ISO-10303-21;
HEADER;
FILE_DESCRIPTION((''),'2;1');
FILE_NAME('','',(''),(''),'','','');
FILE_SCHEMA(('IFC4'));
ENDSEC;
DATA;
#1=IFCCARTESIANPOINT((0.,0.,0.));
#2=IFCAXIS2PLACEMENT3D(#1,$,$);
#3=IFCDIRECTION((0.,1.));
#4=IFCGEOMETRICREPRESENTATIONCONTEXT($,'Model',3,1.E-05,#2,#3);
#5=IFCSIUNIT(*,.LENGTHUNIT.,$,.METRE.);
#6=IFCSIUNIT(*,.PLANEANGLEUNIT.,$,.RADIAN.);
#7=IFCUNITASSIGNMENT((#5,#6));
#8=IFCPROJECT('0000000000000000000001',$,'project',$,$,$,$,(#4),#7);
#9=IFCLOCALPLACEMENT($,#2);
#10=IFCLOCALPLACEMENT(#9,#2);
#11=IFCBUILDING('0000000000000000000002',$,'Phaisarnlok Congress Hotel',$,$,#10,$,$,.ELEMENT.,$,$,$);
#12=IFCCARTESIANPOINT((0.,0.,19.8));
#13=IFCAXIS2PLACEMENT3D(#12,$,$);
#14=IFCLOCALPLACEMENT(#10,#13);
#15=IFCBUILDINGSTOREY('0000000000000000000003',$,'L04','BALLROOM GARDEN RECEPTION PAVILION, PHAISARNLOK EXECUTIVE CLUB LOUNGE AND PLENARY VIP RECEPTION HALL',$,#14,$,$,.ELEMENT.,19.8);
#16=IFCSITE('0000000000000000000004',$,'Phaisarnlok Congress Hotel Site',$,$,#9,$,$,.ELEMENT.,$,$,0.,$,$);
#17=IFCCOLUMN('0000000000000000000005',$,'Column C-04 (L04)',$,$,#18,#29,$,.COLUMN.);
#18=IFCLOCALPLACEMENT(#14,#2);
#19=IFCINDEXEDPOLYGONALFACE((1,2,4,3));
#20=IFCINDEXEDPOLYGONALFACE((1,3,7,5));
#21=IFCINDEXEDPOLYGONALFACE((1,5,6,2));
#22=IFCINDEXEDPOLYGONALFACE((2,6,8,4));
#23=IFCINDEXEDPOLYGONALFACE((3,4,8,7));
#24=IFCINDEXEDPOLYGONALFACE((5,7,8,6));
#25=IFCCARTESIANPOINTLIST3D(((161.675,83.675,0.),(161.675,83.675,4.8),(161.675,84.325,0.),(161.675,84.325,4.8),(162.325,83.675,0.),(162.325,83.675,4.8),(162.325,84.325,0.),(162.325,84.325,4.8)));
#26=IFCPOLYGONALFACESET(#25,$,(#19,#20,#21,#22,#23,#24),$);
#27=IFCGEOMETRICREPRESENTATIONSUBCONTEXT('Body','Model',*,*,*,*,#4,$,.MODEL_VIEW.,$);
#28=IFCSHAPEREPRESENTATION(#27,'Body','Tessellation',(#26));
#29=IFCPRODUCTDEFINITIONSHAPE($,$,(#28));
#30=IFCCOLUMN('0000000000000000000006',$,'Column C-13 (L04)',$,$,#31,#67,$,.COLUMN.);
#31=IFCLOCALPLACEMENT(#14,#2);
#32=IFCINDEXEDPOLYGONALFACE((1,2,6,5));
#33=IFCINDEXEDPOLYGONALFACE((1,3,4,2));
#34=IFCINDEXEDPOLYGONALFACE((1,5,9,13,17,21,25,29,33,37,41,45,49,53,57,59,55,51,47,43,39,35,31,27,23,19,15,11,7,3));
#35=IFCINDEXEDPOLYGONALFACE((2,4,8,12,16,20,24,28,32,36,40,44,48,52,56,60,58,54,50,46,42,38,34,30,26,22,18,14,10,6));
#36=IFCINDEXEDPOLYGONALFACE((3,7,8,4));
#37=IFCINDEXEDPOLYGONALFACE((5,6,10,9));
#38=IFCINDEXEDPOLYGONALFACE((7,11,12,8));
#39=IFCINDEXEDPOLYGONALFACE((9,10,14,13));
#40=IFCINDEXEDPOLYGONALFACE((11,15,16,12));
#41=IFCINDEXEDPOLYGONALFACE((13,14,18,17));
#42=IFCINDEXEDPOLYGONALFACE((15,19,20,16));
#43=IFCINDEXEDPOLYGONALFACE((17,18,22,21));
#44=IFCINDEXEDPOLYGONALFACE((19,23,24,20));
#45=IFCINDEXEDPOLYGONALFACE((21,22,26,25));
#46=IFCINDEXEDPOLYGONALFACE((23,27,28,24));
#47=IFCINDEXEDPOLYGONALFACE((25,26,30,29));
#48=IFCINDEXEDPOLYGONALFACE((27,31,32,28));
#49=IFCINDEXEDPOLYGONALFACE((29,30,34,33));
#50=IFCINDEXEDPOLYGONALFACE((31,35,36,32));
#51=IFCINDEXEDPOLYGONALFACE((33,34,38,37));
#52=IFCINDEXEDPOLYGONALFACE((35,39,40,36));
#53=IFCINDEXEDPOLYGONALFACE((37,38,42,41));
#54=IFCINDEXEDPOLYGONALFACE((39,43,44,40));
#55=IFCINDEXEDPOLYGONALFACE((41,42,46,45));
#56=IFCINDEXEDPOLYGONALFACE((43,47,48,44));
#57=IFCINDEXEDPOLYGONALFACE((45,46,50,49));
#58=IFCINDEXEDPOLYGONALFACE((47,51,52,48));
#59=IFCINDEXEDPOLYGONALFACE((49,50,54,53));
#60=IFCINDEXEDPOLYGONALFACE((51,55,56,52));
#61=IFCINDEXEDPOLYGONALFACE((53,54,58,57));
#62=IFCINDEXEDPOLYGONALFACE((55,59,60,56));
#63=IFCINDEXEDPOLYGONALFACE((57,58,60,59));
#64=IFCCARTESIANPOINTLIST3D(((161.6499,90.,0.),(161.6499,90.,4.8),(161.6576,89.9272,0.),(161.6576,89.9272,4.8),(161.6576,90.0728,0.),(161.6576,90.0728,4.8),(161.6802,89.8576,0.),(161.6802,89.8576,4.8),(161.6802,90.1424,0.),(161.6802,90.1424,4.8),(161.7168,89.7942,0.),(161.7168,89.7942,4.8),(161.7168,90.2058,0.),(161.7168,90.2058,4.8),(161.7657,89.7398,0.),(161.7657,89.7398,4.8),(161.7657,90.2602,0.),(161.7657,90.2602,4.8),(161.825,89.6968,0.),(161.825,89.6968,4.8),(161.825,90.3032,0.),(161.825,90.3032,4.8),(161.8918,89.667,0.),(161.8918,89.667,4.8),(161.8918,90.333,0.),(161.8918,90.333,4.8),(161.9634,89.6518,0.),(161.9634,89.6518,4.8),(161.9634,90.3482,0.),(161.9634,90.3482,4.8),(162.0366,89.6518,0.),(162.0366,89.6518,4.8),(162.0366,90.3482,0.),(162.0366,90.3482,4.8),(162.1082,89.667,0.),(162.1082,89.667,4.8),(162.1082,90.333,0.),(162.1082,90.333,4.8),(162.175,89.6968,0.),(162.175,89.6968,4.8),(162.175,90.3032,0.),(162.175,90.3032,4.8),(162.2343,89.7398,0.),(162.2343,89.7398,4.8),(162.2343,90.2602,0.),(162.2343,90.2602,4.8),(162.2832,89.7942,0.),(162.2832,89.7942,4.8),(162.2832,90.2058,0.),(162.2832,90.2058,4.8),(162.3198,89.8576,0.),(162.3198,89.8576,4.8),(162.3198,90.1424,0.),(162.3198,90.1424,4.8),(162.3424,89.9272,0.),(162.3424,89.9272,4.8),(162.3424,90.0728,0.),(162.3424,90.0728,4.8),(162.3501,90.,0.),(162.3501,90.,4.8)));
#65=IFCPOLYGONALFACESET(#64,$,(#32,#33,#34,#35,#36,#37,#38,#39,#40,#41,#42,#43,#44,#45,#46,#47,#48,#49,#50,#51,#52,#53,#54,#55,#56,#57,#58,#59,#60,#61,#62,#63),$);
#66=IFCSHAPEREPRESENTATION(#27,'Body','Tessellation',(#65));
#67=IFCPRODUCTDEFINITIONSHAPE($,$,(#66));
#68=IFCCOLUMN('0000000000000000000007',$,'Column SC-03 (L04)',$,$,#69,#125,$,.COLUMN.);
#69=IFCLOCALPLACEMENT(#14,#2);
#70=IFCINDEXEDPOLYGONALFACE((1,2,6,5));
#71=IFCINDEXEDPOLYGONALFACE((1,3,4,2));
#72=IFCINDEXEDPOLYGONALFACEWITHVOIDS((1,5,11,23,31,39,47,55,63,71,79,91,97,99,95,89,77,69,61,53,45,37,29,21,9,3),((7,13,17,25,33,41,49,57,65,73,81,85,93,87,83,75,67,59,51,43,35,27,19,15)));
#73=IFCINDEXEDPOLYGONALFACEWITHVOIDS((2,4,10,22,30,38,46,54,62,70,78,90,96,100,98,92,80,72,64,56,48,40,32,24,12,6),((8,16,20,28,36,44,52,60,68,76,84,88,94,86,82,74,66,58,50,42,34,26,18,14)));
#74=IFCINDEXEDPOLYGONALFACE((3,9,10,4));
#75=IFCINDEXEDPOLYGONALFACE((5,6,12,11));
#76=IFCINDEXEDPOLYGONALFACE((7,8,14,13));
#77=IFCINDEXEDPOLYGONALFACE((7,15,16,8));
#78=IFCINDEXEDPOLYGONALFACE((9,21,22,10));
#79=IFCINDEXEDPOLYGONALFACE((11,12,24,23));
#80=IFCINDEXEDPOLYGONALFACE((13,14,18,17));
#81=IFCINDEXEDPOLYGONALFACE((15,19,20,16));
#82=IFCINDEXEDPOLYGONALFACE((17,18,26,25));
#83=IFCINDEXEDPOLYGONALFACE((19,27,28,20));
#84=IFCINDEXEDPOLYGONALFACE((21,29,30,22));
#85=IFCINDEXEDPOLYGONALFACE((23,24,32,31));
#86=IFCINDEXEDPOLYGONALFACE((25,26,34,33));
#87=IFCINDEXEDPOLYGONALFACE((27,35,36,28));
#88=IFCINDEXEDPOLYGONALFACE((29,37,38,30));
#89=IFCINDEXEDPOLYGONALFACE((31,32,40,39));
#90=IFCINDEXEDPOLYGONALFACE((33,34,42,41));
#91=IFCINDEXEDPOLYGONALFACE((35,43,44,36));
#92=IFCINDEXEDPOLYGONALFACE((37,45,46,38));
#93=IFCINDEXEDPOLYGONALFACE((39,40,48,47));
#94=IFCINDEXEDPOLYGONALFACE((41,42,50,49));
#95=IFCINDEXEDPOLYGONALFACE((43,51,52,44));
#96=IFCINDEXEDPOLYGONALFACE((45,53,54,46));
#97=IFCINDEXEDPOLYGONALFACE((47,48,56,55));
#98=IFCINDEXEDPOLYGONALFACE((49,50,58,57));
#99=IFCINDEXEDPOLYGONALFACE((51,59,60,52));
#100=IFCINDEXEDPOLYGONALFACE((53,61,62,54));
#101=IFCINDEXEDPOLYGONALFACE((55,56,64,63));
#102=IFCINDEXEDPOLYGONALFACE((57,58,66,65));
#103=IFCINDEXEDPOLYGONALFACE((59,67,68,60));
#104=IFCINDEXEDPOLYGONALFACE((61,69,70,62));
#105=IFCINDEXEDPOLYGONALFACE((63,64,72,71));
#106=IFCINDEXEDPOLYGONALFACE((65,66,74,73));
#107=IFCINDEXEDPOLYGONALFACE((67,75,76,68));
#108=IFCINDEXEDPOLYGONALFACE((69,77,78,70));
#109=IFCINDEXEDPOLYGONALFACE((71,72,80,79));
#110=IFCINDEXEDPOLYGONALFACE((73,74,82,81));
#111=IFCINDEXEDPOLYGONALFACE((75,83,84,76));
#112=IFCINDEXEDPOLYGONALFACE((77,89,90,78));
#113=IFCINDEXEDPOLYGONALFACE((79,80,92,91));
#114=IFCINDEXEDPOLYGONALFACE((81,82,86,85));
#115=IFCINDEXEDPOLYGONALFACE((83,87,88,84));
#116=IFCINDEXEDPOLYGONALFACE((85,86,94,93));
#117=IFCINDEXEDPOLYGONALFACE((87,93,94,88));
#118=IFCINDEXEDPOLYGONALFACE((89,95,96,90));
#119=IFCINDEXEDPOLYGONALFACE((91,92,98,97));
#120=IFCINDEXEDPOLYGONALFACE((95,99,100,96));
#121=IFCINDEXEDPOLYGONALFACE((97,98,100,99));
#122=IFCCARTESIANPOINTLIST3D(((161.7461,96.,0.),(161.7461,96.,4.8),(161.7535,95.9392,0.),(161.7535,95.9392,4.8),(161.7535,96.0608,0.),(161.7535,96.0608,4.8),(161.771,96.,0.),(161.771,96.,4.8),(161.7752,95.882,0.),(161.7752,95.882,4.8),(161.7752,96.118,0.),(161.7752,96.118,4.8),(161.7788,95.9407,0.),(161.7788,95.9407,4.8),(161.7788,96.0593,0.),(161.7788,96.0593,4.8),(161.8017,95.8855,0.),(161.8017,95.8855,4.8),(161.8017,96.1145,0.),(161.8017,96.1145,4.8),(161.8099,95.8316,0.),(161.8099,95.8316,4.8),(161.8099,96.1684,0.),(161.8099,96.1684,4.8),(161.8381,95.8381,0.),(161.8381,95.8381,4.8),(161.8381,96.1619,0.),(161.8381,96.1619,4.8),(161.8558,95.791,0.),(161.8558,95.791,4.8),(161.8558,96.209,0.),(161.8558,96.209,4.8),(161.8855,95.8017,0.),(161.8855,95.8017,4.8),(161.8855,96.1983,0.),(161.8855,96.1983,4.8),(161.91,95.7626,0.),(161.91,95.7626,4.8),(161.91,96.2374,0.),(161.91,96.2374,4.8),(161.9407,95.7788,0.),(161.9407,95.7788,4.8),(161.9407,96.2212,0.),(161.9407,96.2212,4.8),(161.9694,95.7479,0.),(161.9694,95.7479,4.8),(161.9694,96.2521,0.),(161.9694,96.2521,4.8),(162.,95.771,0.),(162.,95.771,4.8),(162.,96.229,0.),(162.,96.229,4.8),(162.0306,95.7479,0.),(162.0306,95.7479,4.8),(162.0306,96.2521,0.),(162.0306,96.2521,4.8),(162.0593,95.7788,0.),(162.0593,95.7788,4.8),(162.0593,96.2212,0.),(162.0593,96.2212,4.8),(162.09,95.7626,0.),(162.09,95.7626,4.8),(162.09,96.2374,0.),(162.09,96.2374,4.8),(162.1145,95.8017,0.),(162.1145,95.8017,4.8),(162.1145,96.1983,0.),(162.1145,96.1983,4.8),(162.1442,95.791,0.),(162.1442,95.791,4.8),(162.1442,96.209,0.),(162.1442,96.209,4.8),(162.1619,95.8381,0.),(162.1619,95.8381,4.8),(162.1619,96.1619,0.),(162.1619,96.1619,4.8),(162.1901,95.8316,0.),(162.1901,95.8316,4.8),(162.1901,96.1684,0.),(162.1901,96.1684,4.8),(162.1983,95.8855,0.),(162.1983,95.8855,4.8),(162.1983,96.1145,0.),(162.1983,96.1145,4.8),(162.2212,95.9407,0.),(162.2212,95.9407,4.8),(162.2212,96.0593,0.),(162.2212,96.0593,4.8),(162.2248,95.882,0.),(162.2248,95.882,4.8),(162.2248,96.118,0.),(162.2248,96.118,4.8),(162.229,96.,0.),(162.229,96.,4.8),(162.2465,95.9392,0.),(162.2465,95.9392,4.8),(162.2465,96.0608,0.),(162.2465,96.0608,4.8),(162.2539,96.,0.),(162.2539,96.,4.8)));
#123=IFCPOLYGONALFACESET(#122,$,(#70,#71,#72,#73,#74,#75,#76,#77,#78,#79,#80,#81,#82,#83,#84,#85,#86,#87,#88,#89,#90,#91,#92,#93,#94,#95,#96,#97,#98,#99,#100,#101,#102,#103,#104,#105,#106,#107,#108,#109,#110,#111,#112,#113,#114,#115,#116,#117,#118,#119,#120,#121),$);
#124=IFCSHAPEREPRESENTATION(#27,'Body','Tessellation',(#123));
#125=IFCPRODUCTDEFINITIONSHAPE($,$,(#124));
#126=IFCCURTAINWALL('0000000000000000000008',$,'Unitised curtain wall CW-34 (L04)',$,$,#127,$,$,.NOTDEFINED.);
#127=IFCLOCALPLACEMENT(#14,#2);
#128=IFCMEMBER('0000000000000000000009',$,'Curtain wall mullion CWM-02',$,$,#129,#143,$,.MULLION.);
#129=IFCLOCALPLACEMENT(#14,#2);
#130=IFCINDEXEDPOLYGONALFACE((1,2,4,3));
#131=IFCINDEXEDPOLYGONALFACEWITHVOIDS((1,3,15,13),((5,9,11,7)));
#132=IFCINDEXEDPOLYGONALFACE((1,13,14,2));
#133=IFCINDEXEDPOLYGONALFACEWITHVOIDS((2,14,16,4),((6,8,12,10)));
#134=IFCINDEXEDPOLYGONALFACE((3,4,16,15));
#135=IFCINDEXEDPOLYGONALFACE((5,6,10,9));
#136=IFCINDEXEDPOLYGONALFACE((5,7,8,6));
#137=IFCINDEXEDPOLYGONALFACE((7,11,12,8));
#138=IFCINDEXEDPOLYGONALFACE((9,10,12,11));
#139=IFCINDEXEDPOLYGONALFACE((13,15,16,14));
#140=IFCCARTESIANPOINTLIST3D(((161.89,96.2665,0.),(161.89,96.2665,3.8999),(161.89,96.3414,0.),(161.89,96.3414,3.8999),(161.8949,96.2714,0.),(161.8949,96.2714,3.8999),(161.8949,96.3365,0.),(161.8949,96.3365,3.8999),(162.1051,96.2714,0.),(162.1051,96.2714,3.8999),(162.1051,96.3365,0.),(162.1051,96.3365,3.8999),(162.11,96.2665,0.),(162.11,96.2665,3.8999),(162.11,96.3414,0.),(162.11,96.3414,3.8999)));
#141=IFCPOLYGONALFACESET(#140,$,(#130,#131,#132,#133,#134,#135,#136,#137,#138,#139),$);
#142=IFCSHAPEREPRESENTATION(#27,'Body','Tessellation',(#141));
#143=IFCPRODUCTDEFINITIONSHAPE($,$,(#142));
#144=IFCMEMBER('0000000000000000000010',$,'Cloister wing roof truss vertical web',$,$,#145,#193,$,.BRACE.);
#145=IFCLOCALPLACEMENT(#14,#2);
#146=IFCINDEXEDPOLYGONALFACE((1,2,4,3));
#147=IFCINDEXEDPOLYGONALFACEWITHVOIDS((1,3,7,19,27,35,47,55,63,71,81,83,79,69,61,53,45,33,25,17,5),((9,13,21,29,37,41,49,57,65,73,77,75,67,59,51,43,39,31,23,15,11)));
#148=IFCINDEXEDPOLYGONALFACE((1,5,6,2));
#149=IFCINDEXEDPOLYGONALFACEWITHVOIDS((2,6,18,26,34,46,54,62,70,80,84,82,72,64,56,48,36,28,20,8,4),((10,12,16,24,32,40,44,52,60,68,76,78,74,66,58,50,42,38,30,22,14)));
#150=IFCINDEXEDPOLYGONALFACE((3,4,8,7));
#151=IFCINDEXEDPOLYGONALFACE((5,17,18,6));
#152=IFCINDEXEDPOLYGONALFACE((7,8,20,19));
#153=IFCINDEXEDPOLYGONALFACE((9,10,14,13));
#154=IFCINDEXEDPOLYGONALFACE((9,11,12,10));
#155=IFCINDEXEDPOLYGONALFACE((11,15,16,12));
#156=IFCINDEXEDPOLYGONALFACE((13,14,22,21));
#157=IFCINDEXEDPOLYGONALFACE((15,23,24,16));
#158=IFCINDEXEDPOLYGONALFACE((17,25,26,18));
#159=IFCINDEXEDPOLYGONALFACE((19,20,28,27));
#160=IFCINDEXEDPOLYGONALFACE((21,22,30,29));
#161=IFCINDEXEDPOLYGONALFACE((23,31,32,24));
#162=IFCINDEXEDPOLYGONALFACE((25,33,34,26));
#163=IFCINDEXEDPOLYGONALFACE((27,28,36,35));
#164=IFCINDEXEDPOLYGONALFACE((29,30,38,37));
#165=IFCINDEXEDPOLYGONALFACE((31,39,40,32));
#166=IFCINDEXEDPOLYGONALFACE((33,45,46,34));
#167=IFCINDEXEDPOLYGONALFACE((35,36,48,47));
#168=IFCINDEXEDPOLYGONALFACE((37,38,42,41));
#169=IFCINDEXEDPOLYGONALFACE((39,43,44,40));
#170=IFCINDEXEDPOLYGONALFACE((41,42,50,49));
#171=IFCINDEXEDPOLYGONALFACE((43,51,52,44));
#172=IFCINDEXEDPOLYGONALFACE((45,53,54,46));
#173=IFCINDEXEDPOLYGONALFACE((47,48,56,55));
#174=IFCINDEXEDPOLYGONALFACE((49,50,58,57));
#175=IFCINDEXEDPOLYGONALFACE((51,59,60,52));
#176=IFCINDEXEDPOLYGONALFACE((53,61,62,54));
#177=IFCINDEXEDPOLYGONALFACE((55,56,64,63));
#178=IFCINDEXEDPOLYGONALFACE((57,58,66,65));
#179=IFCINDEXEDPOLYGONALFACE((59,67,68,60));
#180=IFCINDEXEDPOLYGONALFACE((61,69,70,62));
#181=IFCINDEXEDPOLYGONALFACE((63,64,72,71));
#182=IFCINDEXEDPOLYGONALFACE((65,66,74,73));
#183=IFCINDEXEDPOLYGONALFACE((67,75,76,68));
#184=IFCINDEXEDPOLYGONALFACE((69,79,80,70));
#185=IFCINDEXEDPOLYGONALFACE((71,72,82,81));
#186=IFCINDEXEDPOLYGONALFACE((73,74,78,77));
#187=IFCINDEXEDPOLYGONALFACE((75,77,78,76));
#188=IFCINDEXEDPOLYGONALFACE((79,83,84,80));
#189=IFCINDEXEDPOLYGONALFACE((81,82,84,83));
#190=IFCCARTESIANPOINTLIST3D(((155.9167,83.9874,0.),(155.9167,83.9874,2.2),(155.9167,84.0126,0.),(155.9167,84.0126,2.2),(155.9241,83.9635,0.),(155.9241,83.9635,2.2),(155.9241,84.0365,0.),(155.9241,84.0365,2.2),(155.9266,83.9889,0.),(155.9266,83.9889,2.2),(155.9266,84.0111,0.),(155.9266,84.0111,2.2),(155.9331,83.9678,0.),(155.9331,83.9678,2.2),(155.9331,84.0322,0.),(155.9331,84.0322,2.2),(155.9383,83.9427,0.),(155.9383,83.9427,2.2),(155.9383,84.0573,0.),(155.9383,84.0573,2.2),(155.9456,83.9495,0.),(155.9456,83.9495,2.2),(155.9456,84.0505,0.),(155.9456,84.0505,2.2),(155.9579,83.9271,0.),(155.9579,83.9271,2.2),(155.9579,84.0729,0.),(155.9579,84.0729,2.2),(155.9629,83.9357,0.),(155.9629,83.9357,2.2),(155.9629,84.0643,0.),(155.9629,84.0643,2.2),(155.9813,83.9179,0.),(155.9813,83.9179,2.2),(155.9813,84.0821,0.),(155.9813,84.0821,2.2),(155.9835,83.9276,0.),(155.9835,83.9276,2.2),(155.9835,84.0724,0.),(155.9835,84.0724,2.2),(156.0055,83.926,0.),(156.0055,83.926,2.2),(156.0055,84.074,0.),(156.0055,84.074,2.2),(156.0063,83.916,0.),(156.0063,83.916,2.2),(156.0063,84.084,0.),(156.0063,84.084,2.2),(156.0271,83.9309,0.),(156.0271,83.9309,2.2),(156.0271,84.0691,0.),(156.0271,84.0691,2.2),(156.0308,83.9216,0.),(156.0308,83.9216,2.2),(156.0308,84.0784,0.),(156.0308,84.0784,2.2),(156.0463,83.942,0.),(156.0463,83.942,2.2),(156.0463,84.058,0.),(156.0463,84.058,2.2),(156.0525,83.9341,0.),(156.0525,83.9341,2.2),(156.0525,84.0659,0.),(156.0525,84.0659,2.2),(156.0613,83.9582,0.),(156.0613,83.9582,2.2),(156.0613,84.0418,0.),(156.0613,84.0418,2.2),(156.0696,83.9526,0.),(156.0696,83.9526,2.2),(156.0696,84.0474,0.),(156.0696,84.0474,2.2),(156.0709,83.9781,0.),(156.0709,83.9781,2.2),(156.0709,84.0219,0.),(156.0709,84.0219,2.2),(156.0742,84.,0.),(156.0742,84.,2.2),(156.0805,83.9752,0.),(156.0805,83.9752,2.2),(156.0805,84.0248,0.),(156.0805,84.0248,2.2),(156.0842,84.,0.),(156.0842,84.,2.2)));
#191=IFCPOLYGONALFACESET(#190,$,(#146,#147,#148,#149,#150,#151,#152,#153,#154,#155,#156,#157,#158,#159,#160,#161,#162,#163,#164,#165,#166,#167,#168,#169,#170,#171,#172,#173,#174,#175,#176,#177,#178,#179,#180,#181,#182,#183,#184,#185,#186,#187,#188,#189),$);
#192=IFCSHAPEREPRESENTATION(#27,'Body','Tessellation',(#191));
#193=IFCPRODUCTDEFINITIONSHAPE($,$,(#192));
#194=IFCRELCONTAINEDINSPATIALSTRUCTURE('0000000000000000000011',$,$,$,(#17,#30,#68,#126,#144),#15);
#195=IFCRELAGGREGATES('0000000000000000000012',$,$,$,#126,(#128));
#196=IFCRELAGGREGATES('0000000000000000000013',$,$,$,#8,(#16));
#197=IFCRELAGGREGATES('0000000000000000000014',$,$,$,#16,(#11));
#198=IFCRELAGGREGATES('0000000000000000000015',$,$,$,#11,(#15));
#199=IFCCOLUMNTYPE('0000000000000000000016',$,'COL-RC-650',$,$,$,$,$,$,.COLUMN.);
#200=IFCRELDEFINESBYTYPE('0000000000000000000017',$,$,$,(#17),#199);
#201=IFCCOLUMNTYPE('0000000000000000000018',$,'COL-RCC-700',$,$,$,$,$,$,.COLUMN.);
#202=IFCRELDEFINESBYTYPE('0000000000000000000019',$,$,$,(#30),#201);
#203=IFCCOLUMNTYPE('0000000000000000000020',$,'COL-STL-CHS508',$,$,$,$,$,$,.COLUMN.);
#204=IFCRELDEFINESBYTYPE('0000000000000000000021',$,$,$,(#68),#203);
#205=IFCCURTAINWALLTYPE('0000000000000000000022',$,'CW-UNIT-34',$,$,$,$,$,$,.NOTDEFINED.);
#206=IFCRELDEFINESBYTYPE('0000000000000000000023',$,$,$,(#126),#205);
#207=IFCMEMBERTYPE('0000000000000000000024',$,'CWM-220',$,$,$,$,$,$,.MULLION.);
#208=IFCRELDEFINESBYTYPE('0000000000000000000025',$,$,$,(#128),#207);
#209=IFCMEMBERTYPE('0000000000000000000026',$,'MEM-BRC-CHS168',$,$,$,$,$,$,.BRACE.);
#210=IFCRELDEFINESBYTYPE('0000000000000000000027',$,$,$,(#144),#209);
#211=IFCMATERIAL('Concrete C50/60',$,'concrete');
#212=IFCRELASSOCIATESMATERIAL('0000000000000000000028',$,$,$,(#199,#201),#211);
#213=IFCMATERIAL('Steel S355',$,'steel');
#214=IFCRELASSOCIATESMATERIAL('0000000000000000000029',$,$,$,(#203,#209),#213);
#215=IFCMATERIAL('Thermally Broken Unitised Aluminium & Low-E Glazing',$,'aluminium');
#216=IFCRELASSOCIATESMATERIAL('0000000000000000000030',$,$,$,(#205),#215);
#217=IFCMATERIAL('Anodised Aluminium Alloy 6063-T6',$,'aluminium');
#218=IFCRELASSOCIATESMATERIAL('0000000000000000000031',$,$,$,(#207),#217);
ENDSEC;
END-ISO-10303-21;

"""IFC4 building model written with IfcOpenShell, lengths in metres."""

from ifc_helpers import new_model, si_unit, direction, frame, origin, origin_2d, place, context, subcontext, project, spatial, rectangle, hollow_rectangle, circle, hollow_circle, extrude, material, material_profile, profile_set, type_object, element, aggregate, save


model = new_model("IFC4")

# Units and contexts
model_context = context("Model", 3, precision=1e-05, world=origin(), true_north=direction((0.0, 1.0)))
body_context = subcontext(model_context, "Body", "Model", "MODEL_VIEW")
ifc_project = project(units=[si_unit("LENGTHUNIT", "METRE"), si_unit("PLANEANGLEUNIT", "RADIAN")], contexts=[model_context])

# Site, building, storey
site_placement = place(None, origin())
site = spatial("IfcSite", under=ifc_project, at=site_placement, Name="Phaisarnlok Congress Hotel Site", CompositionType="ELEMENT", RefElevation=0.0)
building_placement = place(site_placement, origin())
building = spatial("IfcBuilding", under=site, at=building_placement, Name="Phaisarnlok Congress Hotel", CompositionType="ELEMENT")
storey_placement = place(building_placement, frame((0.0, 0.0, 19.8)))
storey = spatial("IfcBuildingStorey", under=building, at=storey_placement, Name="L04", Description="BALLROOM GARDEN RECEPTION PAVILION, PHAISARNLOK EXECUTIVE CLUB LOUNGE AND PLENARY VIP RECEPTION HALL", CompositionType="ELEMENT", Elevation=19.8)

# Columns
ifc_material_1 = material(Name="Concrete C50/60", Category="concrete")
ifc_material_profile_1 = material_profile(ifc_material_1, rectangle(XDim=0.6499, YDim=0.6499, at=origin_2d()), Name="RC 650x650")
ifc_profile_set_1 = profile_set([ifc_material_profile_1], Name="Concrete C50/60")
column_type_1 = type_object("IfcColumnType", Name="COL-RC-650", PredefinedType="COLUMN", material=ifc_profile_set_1)
column_1_placement = place(storey_placement, frame((162.0, 84.0, 0.0), z_axis=(0.0, 0.0, 1.0), x_axis=(1.0, 0.0, 0.0)))
element("IfcColumn", 1, at=column_1_placement, inside=storey, type_object=column_type_1, Name="Column C-04 (L04)", PredefinedType="COLUMN", context=body_context, shape_type="SweptSolid", body=[
    extrude(rectangle(XDim=0.6499, YDim=0.6499, at=origin_2d()), origin(), (0.0, 0.0, 1.0), 4.8),
])
ifc_material_profile_2 = material_profile(ifc_material_1, circle(Radius=0.3501, at=origin_2d()), Name="RCC D700")
ifc_profile_set_2 = profile_set([ifc_material_profile_2], Name="Concrete C50/60")
column_type_2 = type_object("IfcColumnType", Name="COL-RCC-700", PredefinedType="COLUMN", material=ifc_profile_set_2)
column_2_placement = place(storey_placement, frame((162.0, 90.0, 0.0), z_axis=(0.0, 0.0, 1.0), x_axis=(1.0, 0.0, 0.0)))
element("IfcColumn", 2, at=column_2_placement, inside=storey, type_object=column_type_2, Name="Column C-13 (L04)", PredefinedType="COLUMN", context=body_context, shape_type="SweptSolid", body=[
    extrude(circle(Radius=0.3501, at=origin_2d()), origin(), (0.0, 0.0, 1.0), 4.8),
])
ifc_material_2 = material(Name="Steel S355", Category="steel")
ifc_material_profile_3 = material_profile(ifc_material_2, hollow_circle(Radius=0.2539, WallThickness=0.0249, at=origin_2d()), Name="CHS 508x25")
ifc_profile_set_3 = profile_set([ifc_material_profile_3], Name="Steel S355")
column_type_3 = type_object("IfcColumnType", Name="COL-STL-CHS508", PredefinedType="COLUMN", material=ifc_profile_set_3)
column_3_placement = place(storey_placement, frame((162.0, 96.0, 0.0), z_axis=(0.0, 0.0, 1.0), x_axis=(1.0, 0.0, 0.0)))
element("IfcColumn", 3, at=column_3_placement, inside=storey, type_object=column_type_3, Name="Column SC-03 (L04)", PredefinedType="COLUMN", context=body_context, shape_type="SweptSolid", body=[
    extrude(hollow_circle(Radius=0.2539, WallThickness=0.0249, at=origin_2d()), origin(), (0.0, 0.0, 1.0), 4.8),
])

# Curtain wall, member
ifc_material_3 = material(Name="Thermally Broken Unitised Aluminium & Low-E Glazing", Category="aluminium")
curtain_wall_type = type_object("IfcCurtainWallType", Name="CW-UNIT-34", PredefinedType="NOTDEFINED", material=ifc_material_3)
curtain_wall_placement = place(storey_placement, origin())
curtain_wall = element("IfcCurtainWall", 4, at=curtain_wall_placement, inside=storey, type_object=curtain_wall_type, Name="Unitised curtain wall CW-34 (L04)", PredefinedType="NOTDEFINED")
ifc_material_4 = material(Name="Anodised Aluminium Alloy 6063-T6", Category="aluminium")
ifc_material_profile_4 = material_profile(ifc_material_4, hollow_rectangle(XDim=0.075, YDim=0.22, WallThickness=0.0049, at=origin_2d()), Name="ALU-M 75x220x5")
ifc_profile_set_4 = profile_set([ifc_material_profile_4], Name="Anodised Aluminium Alloy 6063-T6")
member_type_1 = type_object("IfcMemberType", Name="CWM-220", PredefinedType="MULLION", material=ifc_profile_set_4)
member_1_placement = place(storey_placement, frame((162.0, 96.304, 0.0), z_axis=(0.0, 0.0, 1.0), x_axis=(0.0, -1.0, 0.0)))
member_1 = element("IfcMember", 5, at=member_1_placement, type_object=member_type_1, Name="Curtain wall mullion CWM-02", PredefinedType="MULLION", context=body_context, shape_type="SweptSolid", body=[
    extrude(hollow_rectangle(XDim=0.075, YDim=0.22, WallThickness=0.0049, at=origin_2d()), origin(), (0.0, 0.0, 1.0), 3.8999),
])
aggregate(curtain_wall, [member_1])

# Member
ifc_material_profile_5 = material_profile(ifc_material_2, hollow_circle(Radius=0.0842, WallThickness=0.01, at=origin_2d()), Name="CHS 168.3x10")
ifc_profile_set_5 = profile_set([ifc_material_profile_5], Name="Steel S355")
member_type_2 = type_object("IfcMemberType", Name="MEM-BRC-CHS168", PredefinedType="BRACE", material=ifc_profile_set_5)
member_2_placement = place(storey_placement, frame((156.0, 84.0, 0.0), z_axis=(0.0, 0.0, 1.0), x_axis=(1.0, 0.0, 0.0)))
element("IfcMember", 6, at=member_2_placement, inside=storey, type_object=member_type_2, Name="Cloister wing roof truss vertical web", PredefinedType="BRACE", context=body_context, shape_type="SweptSolid", body=[
    extrude(hollow_circle(Radius=0.0842, WallThickness=0.01, at=origin_2d()), origin(), (0.0, 0.0, 1.0), 2.2),
])

save(model, "model.ifc")
